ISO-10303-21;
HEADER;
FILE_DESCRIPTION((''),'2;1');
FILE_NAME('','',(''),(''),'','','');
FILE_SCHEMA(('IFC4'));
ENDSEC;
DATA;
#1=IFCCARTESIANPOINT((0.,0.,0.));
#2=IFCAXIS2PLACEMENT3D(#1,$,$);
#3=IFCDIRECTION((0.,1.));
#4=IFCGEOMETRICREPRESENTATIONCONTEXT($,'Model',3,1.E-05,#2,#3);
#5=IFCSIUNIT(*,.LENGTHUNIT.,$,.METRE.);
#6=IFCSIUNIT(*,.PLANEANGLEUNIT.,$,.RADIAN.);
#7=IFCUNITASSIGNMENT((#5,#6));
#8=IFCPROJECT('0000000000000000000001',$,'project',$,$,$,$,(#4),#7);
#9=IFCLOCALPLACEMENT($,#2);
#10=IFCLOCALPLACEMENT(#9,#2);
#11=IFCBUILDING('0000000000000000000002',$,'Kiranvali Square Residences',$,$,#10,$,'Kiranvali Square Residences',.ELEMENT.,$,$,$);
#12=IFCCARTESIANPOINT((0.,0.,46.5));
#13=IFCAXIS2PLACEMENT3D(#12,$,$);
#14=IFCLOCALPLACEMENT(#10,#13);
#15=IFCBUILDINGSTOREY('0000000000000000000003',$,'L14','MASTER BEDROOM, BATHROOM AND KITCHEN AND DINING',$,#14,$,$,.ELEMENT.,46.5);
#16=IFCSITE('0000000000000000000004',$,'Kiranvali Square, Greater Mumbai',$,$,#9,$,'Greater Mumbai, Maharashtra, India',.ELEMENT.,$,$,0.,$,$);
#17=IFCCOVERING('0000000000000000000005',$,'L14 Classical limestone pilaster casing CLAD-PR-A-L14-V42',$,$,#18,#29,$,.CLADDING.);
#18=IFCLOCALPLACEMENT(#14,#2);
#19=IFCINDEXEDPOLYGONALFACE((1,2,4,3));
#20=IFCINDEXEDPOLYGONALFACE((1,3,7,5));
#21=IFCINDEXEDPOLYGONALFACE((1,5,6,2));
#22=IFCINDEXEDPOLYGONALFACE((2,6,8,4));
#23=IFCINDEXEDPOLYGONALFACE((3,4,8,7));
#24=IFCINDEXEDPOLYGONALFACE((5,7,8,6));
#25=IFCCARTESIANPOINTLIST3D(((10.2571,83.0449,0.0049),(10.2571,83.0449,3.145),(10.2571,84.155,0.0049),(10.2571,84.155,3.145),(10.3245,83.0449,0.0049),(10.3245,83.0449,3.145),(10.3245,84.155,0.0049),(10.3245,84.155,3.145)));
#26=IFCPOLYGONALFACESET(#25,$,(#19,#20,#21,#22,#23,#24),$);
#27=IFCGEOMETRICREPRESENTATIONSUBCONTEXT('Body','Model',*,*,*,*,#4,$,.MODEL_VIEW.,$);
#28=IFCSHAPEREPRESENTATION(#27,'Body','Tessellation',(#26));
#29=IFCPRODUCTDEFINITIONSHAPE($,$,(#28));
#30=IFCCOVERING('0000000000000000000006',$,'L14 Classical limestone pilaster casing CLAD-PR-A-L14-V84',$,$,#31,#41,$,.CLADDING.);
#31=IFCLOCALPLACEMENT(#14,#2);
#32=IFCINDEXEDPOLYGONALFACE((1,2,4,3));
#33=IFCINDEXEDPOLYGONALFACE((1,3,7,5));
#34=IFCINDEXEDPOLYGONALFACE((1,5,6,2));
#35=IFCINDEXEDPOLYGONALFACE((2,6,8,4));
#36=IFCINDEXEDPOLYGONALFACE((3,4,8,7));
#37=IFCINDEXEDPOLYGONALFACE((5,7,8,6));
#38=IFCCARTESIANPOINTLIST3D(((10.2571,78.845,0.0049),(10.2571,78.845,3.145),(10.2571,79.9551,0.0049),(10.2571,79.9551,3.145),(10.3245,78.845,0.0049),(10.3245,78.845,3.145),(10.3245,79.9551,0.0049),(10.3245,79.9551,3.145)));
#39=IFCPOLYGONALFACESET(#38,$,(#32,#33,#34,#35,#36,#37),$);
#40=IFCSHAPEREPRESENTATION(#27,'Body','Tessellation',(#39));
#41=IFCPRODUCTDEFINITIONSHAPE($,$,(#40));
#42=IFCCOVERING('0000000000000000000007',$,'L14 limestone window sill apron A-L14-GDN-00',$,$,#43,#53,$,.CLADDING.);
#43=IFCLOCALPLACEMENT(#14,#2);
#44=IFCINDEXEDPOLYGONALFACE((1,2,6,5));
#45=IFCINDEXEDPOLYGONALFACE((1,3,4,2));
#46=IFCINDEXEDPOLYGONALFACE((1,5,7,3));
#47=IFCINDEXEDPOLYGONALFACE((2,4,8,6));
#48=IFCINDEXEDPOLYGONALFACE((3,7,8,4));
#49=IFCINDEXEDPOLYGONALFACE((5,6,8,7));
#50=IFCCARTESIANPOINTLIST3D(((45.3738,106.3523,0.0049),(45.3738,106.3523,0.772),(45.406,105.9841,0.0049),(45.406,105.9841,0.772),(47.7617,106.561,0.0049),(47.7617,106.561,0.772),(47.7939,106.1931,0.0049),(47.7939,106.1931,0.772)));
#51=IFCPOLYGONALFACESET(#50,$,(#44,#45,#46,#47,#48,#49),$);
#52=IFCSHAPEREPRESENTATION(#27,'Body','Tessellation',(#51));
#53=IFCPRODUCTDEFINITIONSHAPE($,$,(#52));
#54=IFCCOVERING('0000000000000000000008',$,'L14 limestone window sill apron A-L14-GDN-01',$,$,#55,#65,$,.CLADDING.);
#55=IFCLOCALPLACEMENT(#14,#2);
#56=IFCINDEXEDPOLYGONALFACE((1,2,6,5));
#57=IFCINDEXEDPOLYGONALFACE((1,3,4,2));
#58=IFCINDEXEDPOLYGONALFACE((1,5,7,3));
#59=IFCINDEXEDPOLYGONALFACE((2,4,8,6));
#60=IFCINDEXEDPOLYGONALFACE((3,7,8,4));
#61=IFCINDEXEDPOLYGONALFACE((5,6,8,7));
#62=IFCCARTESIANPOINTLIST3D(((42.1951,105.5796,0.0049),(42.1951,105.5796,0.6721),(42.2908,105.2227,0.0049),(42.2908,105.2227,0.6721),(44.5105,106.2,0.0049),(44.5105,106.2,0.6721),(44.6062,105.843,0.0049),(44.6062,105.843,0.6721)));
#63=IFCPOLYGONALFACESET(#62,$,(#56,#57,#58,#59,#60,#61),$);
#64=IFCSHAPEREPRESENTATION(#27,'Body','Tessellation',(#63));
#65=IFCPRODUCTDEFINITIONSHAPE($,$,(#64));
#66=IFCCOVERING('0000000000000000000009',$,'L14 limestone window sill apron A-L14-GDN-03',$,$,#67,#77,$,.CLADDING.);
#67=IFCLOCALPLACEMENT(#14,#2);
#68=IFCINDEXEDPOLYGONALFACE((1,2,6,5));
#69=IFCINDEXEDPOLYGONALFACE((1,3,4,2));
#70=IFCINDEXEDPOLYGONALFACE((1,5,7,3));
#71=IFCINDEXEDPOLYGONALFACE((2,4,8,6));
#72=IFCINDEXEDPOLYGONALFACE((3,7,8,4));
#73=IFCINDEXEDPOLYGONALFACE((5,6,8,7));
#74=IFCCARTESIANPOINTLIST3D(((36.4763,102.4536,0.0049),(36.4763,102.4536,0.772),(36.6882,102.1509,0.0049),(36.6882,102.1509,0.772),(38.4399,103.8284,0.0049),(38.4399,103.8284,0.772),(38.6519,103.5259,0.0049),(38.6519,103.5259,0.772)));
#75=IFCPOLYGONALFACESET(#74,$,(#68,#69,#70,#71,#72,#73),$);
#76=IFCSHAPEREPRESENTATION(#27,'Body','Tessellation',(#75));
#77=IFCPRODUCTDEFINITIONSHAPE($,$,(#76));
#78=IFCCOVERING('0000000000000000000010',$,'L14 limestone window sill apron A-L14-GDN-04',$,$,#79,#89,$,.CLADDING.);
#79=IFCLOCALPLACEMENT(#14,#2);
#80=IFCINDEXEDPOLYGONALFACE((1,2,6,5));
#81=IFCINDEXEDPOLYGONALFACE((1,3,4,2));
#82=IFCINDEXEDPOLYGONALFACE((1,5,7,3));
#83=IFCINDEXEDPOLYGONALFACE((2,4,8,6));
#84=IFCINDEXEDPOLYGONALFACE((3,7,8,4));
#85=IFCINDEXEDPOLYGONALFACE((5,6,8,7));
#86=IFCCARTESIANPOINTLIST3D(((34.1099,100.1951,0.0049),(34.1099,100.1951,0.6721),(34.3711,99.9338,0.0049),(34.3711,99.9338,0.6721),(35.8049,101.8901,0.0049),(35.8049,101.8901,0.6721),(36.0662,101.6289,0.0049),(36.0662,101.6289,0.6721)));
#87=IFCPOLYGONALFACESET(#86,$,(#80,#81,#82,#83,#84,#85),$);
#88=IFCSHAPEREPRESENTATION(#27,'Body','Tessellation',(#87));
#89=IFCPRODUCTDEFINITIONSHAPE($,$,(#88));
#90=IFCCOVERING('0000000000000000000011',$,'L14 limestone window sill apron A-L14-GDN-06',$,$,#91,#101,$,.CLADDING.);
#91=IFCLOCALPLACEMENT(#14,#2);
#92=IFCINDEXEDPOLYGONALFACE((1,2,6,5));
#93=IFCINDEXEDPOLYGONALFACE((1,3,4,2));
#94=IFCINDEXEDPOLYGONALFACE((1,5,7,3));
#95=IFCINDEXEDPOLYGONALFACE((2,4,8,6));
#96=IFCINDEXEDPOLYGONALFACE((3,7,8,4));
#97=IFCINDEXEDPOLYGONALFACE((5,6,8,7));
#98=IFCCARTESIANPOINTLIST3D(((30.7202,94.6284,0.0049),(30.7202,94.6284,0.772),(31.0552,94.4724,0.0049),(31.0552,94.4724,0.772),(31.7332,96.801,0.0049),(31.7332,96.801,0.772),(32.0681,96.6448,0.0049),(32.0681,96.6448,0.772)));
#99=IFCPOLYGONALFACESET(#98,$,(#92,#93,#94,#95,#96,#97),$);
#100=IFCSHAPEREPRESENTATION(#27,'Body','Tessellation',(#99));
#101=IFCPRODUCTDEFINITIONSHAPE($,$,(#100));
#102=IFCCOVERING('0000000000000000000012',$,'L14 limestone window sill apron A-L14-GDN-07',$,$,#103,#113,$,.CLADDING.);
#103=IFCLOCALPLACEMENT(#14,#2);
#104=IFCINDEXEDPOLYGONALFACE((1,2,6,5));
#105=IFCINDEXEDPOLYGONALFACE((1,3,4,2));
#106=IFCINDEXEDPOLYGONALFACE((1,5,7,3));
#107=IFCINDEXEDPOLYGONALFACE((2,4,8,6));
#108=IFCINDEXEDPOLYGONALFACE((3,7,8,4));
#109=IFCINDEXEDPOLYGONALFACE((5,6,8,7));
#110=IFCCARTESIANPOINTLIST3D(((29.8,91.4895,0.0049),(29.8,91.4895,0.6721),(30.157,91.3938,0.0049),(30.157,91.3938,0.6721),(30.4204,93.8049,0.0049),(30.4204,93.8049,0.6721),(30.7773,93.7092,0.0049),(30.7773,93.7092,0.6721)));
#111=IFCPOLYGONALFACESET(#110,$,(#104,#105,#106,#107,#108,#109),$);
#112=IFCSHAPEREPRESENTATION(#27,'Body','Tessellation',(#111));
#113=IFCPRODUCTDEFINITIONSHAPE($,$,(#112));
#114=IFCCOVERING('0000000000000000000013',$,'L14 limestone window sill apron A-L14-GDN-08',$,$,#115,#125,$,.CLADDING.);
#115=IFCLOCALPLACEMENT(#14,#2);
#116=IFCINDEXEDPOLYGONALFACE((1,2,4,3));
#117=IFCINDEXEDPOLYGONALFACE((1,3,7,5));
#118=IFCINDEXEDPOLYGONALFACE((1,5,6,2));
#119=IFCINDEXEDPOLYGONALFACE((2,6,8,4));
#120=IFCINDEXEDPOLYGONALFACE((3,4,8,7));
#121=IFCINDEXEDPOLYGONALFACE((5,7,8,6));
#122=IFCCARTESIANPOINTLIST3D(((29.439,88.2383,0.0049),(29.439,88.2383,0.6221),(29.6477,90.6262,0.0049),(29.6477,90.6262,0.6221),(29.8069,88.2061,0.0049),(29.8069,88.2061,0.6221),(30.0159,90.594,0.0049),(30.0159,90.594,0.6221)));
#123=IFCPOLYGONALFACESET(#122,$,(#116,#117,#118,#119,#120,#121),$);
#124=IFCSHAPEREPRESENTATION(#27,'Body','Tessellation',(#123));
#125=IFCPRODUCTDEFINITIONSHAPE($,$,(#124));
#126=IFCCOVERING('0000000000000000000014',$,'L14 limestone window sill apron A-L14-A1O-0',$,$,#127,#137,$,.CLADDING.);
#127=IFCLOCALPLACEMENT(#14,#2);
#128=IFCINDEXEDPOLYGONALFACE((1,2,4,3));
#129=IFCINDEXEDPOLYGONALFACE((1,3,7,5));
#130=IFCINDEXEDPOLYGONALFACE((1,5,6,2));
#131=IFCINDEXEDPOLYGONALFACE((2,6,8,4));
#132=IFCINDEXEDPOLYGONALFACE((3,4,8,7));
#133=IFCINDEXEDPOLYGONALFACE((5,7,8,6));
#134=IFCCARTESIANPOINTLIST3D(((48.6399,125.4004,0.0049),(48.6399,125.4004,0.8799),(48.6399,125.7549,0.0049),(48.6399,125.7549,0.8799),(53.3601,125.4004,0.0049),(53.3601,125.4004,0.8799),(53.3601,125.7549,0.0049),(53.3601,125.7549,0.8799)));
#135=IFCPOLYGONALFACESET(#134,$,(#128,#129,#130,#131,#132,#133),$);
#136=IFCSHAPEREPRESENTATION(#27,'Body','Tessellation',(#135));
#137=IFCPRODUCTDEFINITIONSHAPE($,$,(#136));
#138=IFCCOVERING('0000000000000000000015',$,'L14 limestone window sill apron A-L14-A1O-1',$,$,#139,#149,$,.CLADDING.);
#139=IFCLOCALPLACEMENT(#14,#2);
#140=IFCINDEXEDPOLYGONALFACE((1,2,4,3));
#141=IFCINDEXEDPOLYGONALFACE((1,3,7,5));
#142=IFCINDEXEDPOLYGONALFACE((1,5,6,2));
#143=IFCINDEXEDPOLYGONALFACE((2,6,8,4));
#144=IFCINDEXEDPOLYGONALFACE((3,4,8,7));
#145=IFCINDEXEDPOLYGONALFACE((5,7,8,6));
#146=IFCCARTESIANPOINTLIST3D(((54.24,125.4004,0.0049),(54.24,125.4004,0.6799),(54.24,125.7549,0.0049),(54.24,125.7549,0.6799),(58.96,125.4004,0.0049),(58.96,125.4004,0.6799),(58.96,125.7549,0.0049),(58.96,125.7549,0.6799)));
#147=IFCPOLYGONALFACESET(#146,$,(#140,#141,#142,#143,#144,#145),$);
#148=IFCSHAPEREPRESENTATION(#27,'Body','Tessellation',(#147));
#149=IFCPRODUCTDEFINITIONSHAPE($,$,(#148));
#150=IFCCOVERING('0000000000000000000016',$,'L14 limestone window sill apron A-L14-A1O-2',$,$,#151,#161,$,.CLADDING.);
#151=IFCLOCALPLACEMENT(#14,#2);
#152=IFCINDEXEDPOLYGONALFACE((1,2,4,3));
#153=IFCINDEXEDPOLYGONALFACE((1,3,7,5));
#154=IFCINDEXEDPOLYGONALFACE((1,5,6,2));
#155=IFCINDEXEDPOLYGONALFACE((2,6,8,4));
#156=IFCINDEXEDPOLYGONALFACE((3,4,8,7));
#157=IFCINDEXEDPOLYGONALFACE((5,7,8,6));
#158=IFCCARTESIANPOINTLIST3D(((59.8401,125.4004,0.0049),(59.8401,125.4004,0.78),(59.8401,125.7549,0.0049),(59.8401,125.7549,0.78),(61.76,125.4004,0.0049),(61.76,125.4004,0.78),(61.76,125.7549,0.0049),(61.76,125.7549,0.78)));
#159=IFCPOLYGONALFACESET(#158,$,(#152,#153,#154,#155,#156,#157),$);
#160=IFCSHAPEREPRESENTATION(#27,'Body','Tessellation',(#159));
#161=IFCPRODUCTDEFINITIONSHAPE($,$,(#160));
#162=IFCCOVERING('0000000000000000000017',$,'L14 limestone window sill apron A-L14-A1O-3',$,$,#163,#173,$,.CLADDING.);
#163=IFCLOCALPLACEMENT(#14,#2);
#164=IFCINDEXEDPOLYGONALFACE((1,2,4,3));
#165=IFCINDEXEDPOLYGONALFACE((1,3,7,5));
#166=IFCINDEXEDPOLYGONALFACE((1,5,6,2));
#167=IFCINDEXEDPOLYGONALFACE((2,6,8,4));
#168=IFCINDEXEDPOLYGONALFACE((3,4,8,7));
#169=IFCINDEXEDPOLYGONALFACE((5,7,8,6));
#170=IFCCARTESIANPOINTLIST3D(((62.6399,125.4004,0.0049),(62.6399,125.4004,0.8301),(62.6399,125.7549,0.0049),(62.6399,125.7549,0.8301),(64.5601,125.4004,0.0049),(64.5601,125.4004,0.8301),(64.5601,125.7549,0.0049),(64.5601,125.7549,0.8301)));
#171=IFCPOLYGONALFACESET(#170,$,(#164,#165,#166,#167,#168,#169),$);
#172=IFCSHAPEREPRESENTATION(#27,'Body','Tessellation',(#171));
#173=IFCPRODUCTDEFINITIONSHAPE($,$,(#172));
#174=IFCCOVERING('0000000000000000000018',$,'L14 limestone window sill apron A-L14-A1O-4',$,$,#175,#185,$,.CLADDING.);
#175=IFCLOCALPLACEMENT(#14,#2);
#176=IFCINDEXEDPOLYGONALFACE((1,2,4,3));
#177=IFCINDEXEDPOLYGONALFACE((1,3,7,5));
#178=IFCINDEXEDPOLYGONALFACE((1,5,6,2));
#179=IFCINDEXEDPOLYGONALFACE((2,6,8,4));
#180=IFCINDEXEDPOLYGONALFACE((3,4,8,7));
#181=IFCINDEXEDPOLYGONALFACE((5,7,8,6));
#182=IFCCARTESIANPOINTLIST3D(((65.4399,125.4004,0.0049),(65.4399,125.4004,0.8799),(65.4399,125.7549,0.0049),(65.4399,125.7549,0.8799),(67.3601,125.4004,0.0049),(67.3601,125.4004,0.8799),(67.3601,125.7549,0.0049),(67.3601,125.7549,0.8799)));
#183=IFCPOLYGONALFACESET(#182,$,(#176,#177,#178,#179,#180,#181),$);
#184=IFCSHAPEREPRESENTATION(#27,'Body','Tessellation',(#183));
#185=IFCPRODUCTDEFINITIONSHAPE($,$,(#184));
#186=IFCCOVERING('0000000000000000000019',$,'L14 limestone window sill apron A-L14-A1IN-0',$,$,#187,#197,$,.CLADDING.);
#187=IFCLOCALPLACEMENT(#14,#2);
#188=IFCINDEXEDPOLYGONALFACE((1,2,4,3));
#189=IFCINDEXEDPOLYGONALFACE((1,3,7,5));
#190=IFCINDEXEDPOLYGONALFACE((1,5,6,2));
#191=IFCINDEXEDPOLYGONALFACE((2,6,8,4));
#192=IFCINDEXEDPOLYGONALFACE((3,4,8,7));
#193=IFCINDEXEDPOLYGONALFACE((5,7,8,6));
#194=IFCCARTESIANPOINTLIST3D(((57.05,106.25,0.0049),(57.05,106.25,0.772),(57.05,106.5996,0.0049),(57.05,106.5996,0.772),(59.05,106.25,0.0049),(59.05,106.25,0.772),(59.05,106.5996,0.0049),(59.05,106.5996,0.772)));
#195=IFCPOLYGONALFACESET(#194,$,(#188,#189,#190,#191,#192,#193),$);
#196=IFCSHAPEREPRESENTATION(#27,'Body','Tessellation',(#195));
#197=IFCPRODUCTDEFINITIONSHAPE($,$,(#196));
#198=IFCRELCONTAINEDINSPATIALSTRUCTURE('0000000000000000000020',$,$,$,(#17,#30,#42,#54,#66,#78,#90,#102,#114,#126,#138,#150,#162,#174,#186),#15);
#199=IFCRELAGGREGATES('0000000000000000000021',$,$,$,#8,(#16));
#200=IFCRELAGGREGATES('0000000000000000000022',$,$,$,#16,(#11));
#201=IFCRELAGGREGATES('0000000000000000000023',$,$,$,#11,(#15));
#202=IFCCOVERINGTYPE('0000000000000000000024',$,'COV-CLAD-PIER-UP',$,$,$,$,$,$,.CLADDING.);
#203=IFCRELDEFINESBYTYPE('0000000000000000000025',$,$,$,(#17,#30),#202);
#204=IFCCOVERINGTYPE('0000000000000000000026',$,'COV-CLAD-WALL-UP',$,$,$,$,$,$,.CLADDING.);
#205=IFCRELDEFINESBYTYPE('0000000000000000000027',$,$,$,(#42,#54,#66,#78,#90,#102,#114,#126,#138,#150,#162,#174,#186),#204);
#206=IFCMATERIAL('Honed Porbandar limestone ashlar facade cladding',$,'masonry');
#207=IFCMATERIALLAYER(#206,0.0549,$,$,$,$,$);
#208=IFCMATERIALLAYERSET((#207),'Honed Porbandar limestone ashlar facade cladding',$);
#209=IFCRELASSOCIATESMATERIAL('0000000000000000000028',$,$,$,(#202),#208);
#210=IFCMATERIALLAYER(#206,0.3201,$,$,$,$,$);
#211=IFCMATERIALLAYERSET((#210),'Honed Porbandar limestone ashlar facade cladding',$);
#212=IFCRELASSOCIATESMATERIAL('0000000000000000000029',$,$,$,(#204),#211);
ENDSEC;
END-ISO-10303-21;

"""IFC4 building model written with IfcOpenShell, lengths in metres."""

from ifc_helpers import new_model, si_unit, direction, frame, origin, place, context, subcontext, project, spatial, polyline, outline, extrude, material, layer, layer_set, type_object, element, save


model = new_model("IFC4")

# Units and contexts
model_context = context("Model", 3, precision=1e-05, world=origin(), true_north=direction((0.0, 1.0)))
body_context = subcontext(model_context, "Body", "Model", "MODEL_VIEW")
ifc_project = project(units=[si_unit("LENGTHUNIT", "METRE"), si_unit("PLANEANGLEUNIT", "RADIAN")], contexts=[model_context])

# Site, building, storey
site_placement = place(None, origin())
site = spatial("IfcSite", under=ifc_project, at=site_placement, Name="Kiranvali Square, Greater Mumbai", LongName="Greater Mumbai, Maharashtra, India", CompositionType="ELEMENT", RefElevation=0.0)
building_placement = place(site_placement, origin())
building = spatial("IfcBuilding", under=site, at=building_placement, Name="Kiranvali Square Residences", LongName="Kiranvali Square Residences", CompositionType="ELEMENT")
storey_placement = place(building_placement, frame((0.0, 0.0, 46.5)))
storey = spatial("IfcBuildingStorey", under=building, at=storey_placement, Name="L14", Description="MASTER BEDROOM, BATHROOM AND KITCHEN AND DINING", CompositionType="ELEMENT", Elevation=46.5)

# Coverings
ifc_material = material(Name="Honed Porbandar limestone ashlar facade cladding", Category="masonry")
ifc_layer_1 = layer(ifc_material, 0.0549)
ifc_layer_set_1 = layer_set([ifc_layer_1], Name="Honed Porbandar limestone ashlar facade cladding")
covering_type_1 = type_object("IfcCoveringType", Name="COV-CLAD-PIER-UP", PredefinedType="CLADDING", material=ifc_layer_set_1)
covering_1_placement = place(storey_placement, frame((0.0, 0.0, 0.0049)))
element("IfcCovering", 1, at=covering_1_placement, inside=storey, type_object=covering_type_1, Name="L14 Classical limestone pilaster casing CLAD-PR-A-L14-V42", PredefinedType="CLADDING", context=body_context, shape_type="SweptSolid", body=[
    extrude(outline(polyline([(10.2571, 84.155), (10.2571, 83.0449), (10.3245, 83.0449), (10.3245, 84.155), (10.2571, 84.155)])), origin(), (0.0, 0.0, 1.0), 3.1401),
])
covering_2_placement = place(storey_placement, frame((0.0, 0.0, 0.0049)))
element("IfcCovering", 2, at=covering_2_placement, inside=storey, type_object=covering_type_1, Name="L14 Classical limestone pilaster casing CLAD-PR-A-L14-V84", PredefinedType="CLADDING", context=body_context, shape_type="SweptSolid", body=[
    extrude(outline(polyline([(10.2571, 79.9551), (10.2571, 78.845), (10.3245, 78.845), (10.3245, 79.9551), (10.2571, 79.9551)])), origin(), (0.0, 0.0, 1.0), 3.1401),
])
ifc_layer_2 = layer(ifc_material, 0.3201)
ifc_layer_set_2 = layer_set([ifc_layer_2], Name="Honed Porbandar limestone ashlar facade cladding")
covering_type_2 = type_object("IfcCoveringType", Name="COV-CLAD-WALL-UP", PredefinedType="CLADDING", material=ifc_layer_set_2)
covering_3_placement = place(storey_placement, frame((0.0, 0.0, 0.0049)))
element("IfcCovering", 3, at=covering_3_placement, inside=storey, type_object=covering_type_2, Name="L14 limestone window sill apron A-L14-GDN-00", PredefinedType="CLADDING", context=body_context, shape_type="SweptSolid", body=[
    extrude(outline(polyline([(47.7617, 106.561), (45.3738, 106.3523), (45.406, 105.9841), (47.7939, 106.1931), (47.7617, 106.561)])), origin(), (0.0, 0.0, 1.0), 0.7671),
])
covering_4_placement = place(storey_placement, frame((0.0, 0.0, 0.0049)))
element("IfcCovering", 4, at=covering_4_placement, inside=storey, type_object=covering_type_2, Name="L14 limestone window sill apron A-L14-GDN-01", PredefinedType="CLADDING", context=body_context, shape_type="SweptSolid", body=[
    extrude(outline(polyline([(44.5105, 106.2), (42.1951, 105.5796), (42.2908, 105.2227), (44.6062, 105.843), (44.5105, 106.2)])), origin(), (0.0, 0.0, 1.0), 0.6672),
])
covering_5_placement = place(storey_placement, frame((0.0, 0.0, 0.0049)))
element("IfcCovering", 5, at=covering_5_placement, inside=storey, type_object=covering_type_2, Name="L14 limestone window sill apron A-L14-GDN-03", PredefinedType="CLADDING", context=body_context, shape_type="SweptSolid", body=[
    extrude(outline(polyline([(38.4399, 103.8284), (36.4763, 102.4536), (36.6882, 102.1509), (38.6519, 103.5259), (38.4399, 103.8284)])), origin(), (0.0, 0.0, 1.0), 0.7671),
])
covering_6_placement = place(storey_placement, frame((0.0, 0.0, 0.0049)))
element("IfcCovering", 6, at=covering_6_placement, inside=storey, type_object=covering_type_2, Name="L14 limestone window sill apron A-L14-GDN-04", PredefinedType="CLADDING", context=body_context, shape_type="SweptSolid", body=[
    extrude(outline(polyline([(35.8049, 101.8901), (34.1099, 100.1951), (34.3711, 99.9338), (36.0662, 101.6289), (35.8049, 101.8901)])), origin(), (0.0, 0.0, 1.0), 0.6672),
])
covering_7_placement = place(storey_placement, frame((0.0, 0.0, 0.0049)))
element("IfcCovering", 7, at=covering_7_placement, inside=storey, type_object=covering_type_2, Name="L14 limestone window sill apron A-L14-GDN-06", PredefinedType="CLADDING", context=body_context, shape_type="SweptSolid", body=[
    extrude(outline(polyline([(31.7332, 96.801), (30.7202, 94.6284), (31.0552, 94.4724), (32.0681, 96.6448), (31.7332, 96.801)])), origin(), (0.0, 0.0, 1.0), 0.7671),
])
covering_8_placement = place(storey_placement, frame((0.0, 0.0, 0.0049)))
element("IfcCovering", 8, at=covering_8_placement, inside=storey, type_object=covering_type_2, Name="L14 limestone window sill apron A-L14-GDN-07", PredefinedType="CLADDING", context=body_context, shape_type="SweptSolid", body=[
    extrude(outline(polyline([(30.4204, 93.8049), (29.8, 91.4895), (30.157, 91.3938), (30.7773, 93.7092), (30.4204, 93.8049)])), origin(), (0.0, 0.0, 1.0), 0.6672),
])
covering_9_placement = place(storey_placement, frame((0.0, 0.0, 0.0049)))
element("IfcCovering", 9, at=covering_9_placement, inside=storey, type_object=covering_type_2, Name="L14 limestone window sill apron A-L14-GDN-08", PredefinedType="CLADDING", context=body_context, shape_type="SweptSolid", body=[
    extrude(outline(polyline([(29.6477, 90.6262), (29.439, 88.2383), (29.8069, 88.2061), (30.0159, 90.594), (29.6477, 90.6262)])), origin(), (0.0, 0.0, 1.0), 0.6172),
])
covering_10_placement = place(storey_placement, frame((0.0, 0.0, 0.0049)))
element("IfcCovering", 10, at=covering_10_placement, inside=storey, type_object=covering_type_2, Name="L14 limestone window sill apron A-L14-A1O-0", PredefinedType="CLADDING", context=body_context, shape_type="SweptSolid", body=[
    extrude(outline(polyline([(48.6399, 125.4004), (53.3601, 125.4004), (53.3601, 125.7549), (48.6399, 125.7549), (48.6399, 125.4004)])), origin(), (0.0, 0.0, 1.0), 0.875),
])
covering_11_placement = place(storey_placement, frame((0.0, 0.0, 0.0049)))
element("IfcCovering", 11, at=covering_11_placement, inside=storey, type_object=covering_type_2, Name="L14 limestone window sill apron A-L14-A1O-1", PredefinedType="CLADDING", context=body_context, shape_type="SweptSolid", body=[
    extrude(outline(polyline([(54.24, 125.4004), (58.96, 125.4004), (58.96, 125.7549), (54.24, 125.7549), (54.24, 125.4004)])), origin(), (0.0, 0.0, 1.0), 0.675),
])
covering_12_placement = place(storey_placement, frame((0.0, 0.0, 0.0049)))
element("IfcCovering", 12, at=covering_12_placement, inside=storey, type_object=covering_type_2, Name="L14 limestone window sill apron A-L14-A1O-2", PredefinedType="CLADDING", context=body_context, shape_type="SweptSolid", body=[
    extrude(outline(polyline([(59.8401, 125.4004), (61.76, 125.4004), (61.76, 125.7549), (59.8401, 125.7549), (59.8401, 125.4004)])), origin(), (0.0, 0.0, 1.0), 0.7751),
])
covering_13_placement = place(storey_placement, frame((0.0, 0.0, 0.0049)))
element("IfcCovering", 13, at=covering_13_placement, inside=storey, type_object=covering_type_2, Name="L14 limestone window sill apron A-L14-A1O-3", PredefinedType="CLADDING", context=body_context, shape_type="SweptSolid", body=[
    extrude(outline(polyline([(62.6399, 125.4004), (64.5601, 125.4004), (64.5601, 125.7549), (62.6399, 125.7549), (62.6399, 125.4004)])), origin(), (0.0, 0.0, 1.0), 0.8252),
])
covering_14_placement = place(storey_placement, frame((0.0, 0.0, 0.0049)))
element("IfcCovering", 14, at=covering_14_placement, inside=storey, type_object=covering_type_2, Name="L14 limestone window sill apron A-L14-A1O-4", PredefinedType="CLADDING", context=body_context, shape_type="SweptSolid", body=[
    extrude(outline(polyline([(65.4399, 125.4004), (67.3601, 125.4004), (67.3601, 125.7549), (65.4399, 125.7549), (65.4399, 125.4004)])), origin(), (0.0, 0.0, 1.0), 0.875),
])
covering_15_placement = place(storey_placement, frame((0.0, 0.0, 0.0049)))
element("IfcCovering", 15, at=covering_15_placement, inside=storey, type_object=covering_type_2, Name="L14 limestone window sill apron A-L14-A1IN-0", PredefinedType="CLADDING", context=body_context, shape_type="SweptSolid", body=[
    extrude(outline(polyline([(57.05, 106.25), (59.05, 106.25), (59.05, 106.5996), (57.05, 106.5996), (57.05, 106.25)])), origin(), (0.0, 0.0, 1.0), 0.7671),
])

save(model, "model.ifc")
